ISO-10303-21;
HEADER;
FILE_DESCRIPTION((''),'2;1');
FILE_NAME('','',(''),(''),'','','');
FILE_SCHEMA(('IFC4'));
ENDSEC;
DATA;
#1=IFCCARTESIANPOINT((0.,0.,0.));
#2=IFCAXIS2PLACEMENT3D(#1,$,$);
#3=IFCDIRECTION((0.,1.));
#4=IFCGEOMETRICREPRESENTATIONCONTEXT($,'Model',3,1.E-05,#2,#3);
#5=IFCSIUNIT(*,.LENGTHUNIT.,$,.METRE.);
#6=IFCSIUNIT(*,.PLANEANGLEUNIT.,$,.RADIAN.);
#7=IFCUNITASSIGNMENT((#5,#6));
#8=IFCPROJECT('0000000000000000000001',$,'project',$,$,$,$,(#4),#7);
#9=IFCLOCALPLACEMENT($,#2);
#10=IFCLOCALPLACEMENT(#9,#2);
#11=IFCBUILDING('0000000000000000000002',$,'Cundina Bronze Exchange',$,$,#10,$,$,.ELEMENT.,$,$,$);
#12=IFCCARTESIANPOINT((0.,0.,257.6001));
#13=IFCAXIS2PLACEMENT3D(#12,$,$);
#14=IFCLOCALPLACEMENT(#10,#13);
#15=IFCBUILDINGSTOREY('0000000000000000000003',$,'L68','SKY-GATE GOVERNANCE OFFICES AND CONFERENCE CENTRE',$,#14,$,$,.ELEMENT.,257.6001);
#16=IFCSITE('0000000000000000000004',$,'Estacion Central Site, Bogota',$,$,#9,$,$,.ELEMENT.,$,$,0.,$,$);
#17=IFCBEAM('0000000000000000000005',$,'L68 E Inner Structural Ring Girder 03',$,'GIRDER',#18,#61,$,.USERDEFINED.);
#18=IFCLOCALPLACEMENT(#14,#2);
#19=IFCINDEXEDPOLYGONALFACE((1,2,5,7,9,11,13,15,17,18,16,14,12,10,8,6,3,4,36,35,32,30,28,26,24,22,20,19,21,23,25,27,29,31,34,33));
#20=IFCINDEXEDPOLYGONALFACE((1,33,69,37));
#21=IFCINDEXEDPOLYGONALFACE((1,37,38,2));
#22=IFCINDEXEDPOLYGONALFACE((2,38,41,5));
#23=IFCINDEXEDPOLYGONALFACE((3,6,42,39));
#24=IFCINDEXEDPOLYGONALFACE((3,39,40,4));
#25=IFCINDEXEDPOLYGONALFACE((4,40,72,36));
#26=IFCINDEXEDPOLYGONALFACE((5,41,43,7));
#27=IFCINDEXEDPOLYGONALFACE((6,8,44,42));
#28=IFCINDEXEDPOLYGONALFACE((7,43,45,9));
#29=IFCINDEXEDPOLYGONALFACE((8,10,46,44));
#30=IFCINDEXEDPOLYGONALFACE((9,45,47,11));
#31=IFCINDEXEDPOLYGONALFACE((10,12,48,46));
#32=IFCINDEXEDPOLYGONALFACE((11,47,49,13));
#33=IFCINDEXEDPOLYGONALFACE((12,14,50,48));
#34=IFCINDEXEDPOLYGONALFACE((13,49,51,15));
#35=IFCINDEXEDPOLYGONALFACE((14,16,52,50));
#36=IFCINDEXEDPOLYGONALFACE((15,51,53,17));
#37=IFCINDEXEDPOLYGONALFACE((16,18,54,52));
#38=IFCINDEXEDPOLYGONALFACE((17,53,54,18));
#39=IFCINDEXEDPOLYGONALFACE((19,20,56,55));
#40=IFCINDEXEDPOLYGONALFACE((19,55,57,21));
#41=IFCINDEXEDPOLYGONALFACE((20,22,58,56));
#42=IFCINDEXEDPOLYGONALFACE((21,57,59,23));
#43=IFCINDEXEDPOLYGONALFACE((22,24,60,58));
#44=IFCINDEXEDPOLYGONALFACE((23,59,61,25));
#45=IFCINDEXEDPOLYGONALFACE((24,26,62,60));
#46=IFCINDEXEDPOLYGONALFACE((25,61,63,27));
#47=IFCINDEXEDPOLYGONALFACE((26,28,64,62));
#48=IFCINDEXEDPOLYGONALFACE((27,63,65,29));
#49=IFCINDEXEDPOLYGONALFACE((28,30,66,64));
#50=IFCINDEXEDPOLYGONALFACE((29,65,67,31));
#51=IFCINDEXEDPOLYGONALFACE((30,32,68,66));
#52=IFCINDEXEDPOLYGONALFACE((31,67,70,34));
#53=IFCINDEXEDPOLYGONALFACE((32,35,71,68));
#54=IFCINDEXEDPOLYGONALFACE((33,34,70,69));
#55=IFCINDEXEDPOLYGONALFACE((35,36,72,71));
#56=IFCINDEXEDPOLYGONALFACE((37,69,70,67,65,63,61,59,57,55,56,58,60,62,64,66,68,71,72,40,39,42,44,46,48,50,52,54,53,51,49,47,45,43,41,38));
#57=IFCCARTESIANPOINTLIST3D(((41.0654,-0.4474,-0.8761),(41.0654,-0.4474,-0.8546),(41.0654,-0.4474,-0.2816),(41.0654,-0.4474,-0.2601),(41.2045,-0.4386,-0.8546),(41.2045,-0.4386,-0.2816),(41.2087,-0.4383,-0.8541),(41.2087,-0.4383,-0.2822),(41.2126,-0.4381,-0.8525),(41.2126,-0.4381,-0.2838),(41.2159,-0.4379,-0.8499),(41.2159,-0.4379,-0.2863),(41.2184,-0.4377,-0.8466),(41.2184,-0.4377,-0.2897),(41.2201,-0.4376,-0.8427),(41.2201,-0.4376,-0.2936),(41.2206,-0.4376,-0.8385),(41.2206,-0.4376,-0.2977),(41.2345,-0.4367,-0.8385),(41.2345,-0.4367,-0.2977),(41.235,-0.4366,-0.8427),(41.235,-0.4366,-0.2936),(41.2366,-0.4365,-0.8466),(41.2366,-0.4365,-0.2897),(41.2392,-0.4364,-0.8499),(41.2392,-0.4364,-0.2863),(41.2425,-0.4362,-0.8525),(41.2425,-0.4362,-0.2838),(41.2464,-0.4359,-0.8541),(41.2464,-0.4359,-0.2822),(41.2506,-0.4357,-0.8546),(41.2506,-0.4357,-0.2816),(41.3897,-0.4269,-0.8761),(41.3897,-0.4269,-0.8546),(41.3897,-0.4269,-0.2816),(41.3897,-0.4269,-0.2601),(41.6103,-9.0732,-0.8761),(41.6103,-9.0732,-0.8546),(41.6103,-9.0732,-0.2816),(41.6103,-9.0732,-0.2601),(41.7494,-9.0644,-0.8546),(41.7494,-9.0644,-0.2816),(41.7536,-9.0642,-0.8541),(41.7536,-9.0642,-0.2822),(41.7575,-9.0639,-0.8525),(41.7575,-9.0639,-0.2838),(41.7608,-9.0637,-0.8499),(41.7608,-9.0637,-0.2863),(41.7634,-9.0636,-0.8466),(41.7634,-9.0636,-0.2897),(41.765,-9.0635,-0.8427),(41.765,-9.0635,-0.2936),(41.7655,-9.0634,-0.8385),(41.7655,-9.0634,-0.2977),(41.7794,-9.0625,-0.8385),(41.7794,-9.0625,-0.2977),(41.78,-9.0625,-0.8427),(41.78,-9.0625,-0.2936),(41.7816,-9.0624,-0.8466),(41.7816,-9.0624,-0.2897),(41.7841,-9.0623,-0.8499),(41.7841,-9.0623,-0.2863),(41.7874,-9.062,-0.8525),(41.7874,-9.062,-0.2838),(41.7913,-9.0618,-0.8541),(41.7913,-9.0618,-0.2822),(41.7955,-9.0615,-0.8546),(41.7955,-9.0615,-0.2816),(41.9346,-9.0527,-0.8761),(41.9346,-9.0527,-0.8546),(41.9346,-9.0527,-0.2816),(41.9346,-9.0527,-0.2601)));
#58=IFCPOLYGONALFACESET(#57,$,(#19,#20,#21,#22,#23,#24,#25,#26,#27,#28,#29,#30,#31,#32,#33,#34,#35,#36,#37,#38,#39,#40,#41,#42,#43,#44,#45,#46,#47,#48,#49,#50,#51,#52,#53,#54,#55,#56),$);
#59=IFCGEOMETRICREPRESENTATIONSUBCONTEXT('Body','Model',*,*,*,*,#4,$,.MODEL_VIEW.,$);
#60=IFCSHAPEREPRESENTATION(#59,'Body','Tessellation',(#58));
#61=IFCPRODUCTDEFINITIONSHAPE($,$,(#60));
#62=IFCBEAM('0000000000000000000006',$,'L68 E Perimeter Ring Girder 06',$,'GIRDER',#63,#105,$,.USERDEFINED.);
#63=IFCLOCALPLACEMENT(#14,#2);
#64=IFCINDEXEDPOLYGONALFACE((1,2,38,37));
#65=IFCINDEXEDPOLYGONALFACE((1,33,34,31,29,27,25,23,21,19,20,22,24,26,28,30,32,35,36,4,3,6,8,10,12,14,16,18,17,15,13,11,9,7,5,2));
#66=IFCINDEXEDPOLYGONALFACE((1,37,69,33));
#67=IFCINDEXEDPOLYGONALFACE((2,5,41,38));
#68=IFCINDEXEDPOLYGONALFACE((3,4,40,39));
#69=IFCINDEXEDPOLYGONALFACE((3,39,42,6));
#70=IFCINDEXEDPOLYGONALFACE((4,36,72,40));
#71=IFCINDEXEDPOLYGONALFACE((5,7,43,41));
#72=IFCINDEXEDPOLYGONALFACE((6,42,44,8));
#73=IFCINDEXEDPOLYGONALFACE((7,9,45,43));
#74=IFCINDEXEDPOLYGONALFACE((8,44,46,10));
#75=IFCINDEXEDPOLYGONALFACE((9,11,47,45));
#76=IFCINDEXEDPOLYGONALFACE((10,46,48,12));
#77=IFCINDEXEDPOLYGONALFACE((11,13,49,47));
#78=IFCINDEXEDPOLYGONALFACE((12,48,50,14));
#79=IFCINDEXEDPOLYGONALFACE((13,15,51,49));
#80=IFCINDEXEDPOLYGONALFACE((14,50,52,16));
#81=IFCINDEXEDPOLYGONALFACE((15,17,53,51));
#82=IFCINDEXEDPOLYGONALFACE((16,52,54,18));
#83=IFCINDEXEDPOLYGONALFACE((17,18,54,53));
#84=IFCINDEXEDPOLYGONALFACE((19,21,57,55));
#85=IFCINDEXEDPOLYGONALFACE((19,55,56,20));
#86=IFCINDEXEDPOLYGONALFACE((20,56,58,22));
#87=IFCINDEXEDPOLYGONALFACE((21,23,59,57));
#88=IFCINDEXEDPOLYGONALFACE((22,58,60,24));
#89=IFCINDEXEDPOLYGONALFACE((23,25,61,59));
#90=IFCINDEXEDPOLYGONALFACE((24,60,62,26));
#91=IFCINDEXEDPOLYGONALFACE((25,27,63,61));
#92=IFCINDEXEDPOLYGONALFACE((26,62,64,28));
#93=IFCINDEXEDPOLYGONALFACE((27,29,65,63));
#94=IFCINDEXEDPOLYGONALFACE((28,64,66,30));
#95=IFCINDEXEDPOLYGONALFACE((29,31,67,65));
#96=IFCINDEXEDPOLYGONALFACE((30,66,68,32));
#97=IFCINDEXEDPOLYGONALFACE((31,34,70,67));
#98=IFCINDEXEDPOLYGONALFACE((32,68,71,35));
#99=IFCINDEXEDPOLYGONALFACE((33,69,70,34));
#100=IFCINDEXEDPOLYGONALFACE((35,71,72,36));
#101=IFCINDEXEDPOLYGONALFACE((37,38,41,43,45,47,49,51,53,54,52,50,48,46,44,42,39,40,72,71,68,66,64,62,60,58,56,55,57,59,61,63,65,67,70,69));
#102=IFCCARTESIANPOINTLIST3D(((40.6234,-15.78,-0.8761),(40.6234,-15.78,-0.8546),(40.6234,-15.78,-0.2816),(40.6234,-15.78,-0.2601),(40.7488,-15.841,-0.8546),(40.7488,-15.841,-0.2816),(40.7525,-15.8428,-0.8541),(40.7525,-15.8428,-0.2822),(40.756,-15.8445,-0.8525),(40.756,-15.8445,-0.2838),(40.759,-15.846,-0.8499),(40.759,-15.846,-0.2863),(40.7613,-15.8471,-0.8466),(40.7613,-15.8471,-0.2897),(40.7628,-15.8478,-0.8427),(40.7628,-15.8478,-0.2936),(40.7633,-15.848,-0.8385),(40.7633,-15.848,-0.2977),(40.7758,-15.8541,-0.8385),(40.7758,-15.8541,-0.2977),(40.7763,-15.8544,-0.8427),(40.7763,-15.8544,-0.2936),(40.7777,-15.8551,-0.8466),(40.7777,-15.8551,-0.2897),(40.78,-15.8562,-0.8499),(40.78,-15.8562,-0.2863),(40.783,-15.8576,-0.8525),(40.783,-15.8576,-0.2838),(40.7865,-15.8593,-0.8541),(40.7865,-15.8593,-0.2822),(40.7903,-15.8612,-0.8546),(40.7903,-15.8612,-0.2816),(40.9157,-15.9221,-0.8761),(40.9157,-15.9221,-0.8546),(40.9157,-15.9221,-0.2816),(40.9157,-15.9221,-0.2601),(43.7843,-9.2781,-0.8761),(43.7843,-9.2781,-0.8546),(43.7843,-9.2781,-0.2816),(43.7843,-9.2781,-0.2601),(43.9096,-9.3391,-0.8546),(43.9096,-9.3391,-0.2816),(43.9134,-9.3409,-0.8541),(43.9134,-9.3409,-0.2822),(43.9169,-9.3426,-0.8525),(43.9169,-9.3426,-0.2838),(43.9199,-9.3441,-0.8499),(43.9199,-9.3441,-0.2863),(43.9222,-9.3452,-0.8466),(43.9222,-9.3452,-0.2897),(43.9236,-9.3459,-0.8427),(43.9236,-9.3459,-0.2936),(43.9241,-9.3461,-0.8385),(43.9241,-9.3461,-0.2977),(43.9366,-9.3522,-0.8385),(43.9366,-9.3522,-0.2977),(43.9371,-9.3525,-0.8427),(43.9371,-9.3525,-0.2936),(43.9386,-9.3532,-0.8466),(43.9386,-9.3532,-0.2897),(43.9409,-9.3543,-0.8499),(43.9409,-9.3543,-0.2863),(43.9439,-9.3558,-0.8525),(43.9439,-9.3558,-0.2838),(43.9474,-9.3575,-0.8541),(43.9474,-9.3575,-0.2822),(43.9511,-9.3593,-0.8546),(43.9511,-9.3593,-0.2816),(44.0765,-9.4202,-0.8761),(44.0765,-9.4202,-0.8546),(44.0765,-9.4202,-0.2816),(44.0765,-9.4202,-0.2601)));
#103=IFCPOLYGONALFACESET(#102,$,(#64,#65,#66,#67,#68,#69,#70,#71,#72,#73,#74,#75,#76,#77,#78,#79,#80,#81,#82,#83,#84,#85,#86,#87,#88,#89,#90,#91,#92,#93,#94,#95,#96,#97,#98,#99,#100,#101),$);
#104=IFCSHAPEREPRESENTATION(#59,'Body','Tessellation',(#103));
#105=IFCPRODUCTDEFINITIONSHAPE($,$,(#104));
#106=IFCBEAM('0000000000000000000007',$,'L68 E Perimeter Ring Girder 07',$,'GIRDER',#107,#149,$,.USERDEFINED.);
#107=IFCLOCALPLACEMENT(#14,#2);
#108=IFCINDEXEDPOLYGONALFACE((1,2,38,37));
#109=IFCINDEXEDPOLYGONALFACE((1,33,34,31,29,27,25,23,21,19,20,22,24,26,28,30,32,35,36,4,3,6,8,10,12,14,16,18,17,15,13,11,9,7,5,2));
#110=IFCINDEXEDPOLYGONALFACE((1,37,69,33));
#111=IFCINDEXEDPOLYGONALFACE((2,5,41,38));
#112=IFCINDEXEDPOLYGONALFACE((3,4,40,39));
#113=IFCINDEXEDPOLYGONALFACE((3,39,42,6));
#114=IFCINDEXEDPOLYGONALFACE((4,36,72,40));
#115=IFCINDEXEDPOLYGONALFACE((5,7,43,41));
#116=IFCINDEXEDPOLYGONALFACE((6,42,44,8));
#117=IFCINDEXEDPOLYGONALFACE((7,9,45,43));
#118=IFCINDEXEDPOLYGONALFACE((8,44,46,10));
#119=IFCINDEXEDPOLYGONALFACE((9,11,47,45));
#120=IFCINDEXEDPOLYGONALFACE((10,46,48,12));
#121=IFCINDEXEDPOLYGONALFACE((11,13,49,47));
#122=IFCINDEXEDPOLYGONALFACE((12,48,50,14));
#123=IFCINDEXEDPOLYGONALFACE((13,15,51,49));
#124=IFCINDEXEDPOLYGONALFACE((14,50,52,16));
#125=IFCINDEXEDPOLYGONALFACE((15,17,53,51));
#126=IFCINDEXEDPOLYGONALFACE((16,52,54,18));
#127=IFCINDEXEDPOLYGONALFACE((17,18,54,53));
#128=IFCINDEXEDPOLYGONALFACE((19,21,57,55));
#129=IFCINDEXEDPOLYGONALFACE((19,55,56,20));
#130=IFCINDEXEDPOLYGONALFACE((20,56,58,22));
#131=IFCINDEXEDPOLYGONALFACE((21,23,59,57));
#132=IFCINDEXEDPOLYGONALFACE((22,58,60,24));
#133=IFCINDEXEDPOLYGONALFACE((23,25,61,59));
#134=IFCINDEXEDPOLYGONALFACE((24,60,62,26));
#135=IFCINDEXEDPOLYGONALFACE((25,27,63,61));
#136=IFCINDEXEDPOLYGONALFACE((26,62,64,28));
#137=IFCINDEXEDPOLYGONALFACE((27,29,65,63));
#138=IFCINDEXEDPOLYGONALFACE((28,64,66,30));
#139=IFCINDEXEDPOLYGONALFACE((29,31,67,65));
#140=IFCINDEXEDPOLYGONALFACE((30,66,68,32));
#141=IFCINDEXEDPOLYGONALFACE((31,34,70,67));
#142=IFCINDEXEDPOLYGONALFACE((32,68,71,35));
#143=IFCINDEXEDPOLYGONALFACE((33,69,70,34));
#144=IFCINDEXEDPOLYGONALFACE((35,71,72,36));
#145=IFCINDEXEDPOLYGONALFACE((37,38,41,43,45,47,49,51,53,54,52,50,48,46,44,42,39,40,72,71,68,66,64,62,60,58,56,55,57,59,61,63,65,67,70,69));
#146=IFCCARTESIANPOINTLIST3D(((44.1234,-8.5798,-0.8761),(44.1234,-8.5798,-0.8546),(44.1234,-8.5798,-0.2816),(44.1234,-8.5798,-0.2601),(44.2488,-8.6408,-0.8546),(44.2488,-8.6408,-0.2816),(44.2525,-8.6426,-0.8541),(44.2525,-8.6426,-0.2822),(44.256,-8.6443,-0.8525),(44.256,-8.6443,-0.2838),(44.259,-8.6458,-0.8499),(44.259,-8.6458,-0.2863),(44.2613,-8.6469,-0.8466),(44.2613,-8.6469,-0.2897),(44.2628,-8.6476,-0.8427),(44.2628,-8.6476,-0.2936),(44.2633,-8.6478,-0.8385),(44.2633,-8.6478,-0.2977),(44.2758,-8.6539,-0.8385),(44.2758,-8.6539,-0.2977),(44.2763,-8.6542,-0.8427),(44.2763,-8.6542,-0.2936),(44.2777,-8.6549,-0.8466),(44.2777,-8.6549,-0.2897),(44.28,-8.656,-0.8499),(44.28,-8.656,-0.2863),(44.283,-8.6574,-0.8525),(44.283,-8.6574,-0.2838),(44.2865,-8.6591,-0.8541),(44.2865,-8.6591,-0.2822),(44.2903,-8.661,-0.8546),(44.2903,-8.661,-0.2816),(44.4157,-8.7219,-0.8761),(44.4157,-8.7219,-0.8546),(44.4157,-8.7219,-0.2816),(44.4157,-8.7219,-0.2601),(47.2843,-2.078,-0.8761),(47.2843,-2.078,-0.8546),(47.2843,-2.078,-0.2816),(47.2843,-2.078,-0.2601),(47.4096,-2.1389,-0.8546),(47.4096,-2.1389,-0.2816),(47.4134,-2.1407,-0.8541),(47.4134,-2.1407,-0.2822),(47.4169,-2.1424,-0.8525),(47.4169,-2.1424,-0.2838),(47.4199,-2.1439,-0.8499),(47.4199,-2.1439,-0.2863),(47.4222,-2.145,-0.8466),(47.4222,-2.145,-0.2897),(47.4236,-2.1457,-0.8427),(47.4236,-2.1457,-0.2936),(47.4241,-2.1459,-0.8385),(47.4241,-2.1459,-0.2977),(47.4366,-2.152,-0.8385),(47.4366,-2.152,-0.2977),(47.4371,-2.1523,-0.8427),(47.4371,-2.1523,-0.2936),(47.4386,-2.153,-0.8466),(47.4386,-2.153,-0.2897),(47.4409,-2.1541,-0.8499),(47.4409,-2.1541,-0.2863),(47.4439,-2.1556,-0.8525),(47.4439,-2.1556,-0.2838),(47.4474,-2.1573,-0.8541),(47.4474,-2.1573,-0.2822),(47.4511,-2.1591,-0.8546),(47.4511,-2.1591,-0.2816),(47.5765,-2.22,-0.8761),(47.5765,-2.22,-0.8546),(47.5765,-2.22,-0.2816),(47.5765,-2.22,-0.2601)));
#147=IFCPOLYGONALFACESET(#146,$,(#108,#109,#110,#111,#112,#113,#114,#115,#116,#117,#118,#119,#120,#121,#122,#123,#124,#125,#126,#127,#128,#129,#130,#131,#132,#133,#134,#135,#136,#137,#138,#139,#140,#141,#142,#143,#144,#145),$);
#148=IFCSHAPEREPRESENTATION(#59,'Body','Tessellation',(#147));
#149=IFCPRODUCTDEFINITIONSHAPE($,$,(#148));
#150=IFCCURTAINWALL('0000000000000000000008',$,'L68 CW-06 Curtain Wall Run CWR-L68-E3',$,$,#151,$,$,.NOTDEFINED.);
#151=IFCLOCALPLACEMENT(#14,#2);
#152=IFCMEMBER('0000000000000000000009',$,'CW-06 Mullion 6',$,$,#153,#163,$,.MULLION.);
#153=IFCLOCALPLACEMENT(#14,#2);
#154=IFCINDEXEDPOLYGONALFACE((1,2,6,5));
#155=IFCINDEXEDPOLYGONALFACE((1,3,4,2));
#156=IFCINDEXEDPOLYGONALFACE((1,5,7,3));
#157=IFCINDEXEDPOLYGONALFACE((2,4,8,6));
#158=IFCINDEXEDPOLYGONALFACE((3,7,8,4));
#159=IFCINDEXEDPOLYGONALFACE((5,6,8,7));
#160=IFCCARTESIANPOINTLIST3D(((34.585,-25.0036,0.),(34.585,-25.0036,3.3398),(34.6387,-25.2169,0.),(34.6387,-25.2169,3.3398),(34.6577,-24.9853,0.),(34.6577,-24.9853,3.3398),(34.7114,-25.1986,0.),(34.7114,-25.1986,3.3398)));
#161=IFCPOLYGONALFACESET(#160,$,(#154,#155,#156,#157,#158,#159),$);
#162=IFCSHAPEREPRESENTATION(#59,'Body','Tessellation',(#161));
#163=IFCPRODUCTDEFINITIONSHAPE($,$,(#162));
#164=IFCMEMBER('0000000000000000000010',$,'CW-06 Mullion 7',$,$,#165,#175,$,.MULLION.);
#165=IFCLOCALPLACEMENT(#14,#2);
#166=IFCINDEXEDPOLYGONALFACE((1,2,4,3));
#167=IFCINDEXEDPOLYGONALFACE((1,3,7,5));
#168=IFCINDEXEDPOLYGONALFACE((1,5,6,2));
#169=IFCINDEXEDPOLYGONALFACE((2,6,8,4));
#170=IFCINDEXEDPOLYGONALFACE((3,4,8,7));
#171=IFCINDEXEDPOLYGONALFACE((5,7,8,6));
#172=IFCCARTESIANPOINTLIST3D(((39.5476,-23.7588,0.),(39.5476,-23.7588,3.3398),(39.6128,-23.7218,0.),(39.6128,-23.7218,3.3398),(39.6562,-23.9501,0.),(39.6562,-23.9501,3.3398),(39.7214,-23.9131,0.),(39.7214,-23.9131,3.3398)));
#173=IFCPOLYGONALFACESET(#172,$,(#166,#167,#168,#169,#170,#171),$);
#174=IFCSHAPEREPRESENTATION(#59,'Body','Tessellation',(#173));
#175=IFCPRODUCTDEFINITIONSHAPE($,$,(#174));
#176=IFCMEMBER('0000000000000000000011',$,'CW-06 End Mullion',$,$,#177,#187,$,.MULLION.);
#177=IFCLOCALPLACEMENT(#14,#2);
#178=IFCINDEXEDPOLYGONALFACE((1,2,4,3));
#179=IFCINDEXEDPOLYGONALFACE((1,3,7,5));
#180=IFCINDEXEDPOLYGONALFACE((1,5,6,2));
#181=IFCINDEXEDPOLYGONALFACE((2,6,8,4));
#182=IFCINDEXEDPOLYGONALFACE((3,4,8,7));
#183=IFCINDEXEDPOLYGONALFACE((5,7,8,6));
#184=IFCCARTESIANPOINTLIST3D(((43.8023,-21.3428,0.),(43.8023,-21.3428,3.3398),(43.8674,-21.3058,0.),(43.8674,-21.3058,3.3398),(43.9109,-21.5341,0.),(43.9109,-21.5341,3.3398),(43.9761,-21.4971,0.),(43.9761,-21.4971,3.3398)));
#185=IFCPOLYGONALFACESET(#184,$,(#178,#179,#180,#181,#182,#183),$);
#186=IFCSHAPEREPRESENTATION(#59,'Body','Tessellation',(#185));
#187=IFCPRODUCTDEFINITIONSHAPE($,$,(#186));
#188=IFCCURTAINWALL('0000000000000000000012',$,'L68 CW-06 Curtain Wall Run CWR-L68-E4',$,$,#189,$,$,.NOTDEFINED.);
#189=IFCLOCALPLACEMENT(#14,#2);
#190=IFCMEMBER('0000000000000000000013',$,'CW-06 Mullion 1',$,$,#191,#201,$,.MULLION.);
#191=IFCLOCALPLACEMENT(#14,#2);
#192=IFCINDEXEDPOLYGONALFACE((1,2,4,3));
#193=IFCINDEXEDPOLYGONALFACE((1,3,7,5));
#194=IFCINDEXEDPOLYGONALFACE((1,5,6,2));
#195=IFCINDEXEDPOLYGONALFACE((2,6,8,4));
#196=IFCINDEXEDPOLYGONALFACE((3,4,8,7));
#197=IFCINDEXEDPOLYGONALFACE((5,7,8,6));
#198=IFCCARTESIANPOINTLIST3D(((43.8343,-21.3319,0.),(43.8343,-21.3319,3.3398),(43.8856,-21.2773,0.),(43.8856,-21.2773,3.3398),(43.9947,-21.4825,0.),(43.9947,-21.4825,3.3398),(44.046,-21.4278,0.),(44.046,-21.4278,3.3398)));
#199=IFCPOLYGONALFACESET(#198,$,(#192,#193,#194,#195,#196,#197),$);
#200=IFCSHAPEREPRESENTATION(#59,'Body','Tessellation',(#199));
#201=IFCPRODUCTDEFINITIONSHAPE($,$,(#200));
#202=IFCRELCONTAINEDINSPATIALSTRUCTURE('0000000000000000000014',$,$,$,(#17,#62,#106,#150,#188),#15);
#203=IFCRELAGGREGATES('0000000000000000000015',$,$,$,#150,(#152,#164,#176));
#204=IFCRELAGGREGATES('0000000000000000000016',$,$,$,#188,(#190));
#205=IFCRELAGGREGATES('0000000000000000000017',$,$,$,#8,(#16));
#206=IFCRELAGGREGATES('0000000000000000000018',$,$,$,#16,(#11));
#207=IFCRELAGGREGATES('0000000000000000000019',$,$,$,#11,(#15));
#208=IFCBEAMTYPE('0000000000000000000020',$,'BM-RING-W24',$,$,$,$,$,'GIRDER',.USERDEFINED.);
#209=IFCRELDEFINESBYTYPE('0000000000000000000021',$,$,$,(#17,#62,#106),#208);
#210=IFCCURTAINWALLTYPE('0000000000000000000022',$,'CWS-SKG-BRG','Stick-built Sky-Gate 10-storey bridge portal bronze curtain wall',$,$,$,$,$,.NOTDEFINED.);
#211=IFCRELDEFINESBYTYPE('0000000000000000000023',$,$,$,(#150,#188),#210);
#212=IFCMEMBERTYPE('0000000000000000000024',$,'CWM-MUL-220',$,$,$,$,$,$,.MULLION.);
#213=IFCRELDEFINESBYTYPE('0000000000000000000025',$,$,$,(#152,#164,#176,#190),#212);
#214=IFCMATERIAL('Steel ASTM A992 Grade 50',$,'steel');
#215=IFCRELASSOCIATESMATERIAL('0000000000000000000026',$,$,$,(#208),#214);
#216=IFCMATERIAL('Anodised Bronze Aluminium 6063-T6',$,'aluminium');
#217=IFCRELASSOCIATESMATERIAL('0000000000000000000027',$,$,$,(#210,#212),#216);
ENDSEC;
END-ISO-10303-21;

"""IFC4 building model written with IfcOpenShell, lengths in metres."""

from ifc_helpers import new_model, si_unit, direction, frame, origin, origin_2d, place, context, subcontext, project, spatial, rectangle, i_section, extrude, material, material_profile, profile_set, type_object, element, aggregate, save


model = new_model("IFC4")

# Units and contexts
model_context = context("Model", 3, precision=1e-05, world=origin(), true_north=direction((0.0, 1.0)))
body_context = subcontext(model_context, "Body", "Model", "MODEL_VIEW")
ifc_project = project(units=[si_unit("LENGTHUNIT", "METRE"), si_unit("PLANEANGLEUNIT", "RADIAN")], contexts=[model_context])

# Site, building, storey
site_placement = place(None, origin())
site = spatial("IfcSite", under=ifc_project, at=site_placement, Name="Estacion Central Site, Bogota", CompositionType="ELEMENT", RefElevation=0.0)
building_placement = place(site_placement, origin())
building = spatial("IfcBuilding", under=site, at=building_placement, Name="Cundina Bronze Exchange", CompositionType="ELEMENT")
storey_placement = place(building_placement, frame((0.0, 0.0, 257.6001)))
storey = spatial("IfcBuildingStorey", under=building, at=storey_placement, Name="L68", Description="SKY-GATE GOVERNANCE OFFICES AND CONFERENCE CENTRE", CompositionType="ELEMENT", Elevation=257.6001)

# Beams
ifc_material_1 = material(Name="Steel ASTM A992 Grade 50", Category="steel")
ifc_material_profile_1 = material_profile(ifc_material_1, i_section(OverallWidth=0.325, OverallDepth=0.616, WebThickness=0.0139, FlangeThickness=0.0215, FilletRadius=0.0161, at=origin_2d()), Name="W24X117", Category="steel")
ifc_profile_set_1 = profile_set([ifc_material_profile_1], Name="Steel ASTM A992 Grade 50")
beam_type_1 = type_object("IfcBeamType", Name="BM-RING-W24", ElementType="GIRDER", PredefinedType="USERDEFINED", material=ifc_profile_set_1)
beam_1_placement = place(storey_placement, frame((41.7725, -9.063, -0.5681), z_axis=(-0.063047, 0.998011, 0.0), x_axis=(-0.998011, -0.063047, 0.0)))
element("IfcBeam", 1, at=beam_1_placement, inside=storey, type_object=beam_type_1, Name="L68 E Inner Structural Ring Girder 03", ObjectType="GIRDER", PredefinedType="USERDEFINED", context=body_context, shape_type="SweptSolid", body=[
    extrude(i_section(OverallWidth=0.325, OverallDepth=0.616, WebThickness=0.0139, FlangeThickness=0.0215, FilletRadius=0.0161, at=origin_2d()), origin(), (0.0, 0.0, 1.0), 8.6431),
])
for number, where, z_axis, x_axis, name in (
    (2, (40.7695, -15.8511, -0.5681), (0.437217, 0.899356, 0.0), (-0.899356, 0.437217, 0.0), "L68 E Perimeter Ring Girder 06"),
    (3, (44.2695, -8.6509, -0.5681), (0.437217, 0.899356, 0.0), (-0.899356, 0.437217, 0.0), "L68 E Perimeter Ring Girder 07"),
):
    element("IfcBeam", number, at=place(storey_placement, frame(where, z_axis=z_axis, x_axis=x_axis)), inside=storey, type_object=beam_type_1, Name=name, ObjectType="GIRDER", PredefinedType="USERDEFINED", context=body_context, shape_type="SweptSolid", body=[
        extrude(i_section(OverallWidth=0.325, OverallDepth=0.616, WebThickness=0.0139, FlangeThickness=0.0215, FilletRadius=0.0161, at=origin_2d()), origin(), (0.0, 0.0, 1.0), 7.2295),
    ])

# Curtain walls, members
ifc_material_2 = material(Name="Anodised Bronze Aluminium 6063-T6", Category="aluminium")
curtain_wall_type = type_object("IfcCurtainWallType", Name="CWS-SKG-BRG", Description="Stick-built Sky-Gate 10-storey bridge portal bronze curtain wall", PredefinedType="NOTDEFINED", material=ifc_material_2)
curtain_wall_1_placement = place(storey_placement, origin())
curtain_wall_1 = element("IfcCurtainWall", 4, at=curtain_wall_1_placement, inside=storey, type_object=curtain_wall_type, Name="L68 CW-06 Curtain Wall Run CWR-L68-E3", PredefinedType="NOTDEFINED")
ifc_material_profile_2 = material_profile(ifc_material_2, rectangle(XDim=0.075, YDim=0.22, at=origin_2d()), Name="AL75X220", Category="aluminium")
ifc_profile_set_2 = profile_set([ifc_material_profile_2], Name="Anodised Bronze Aluminium 6063-T6")
member_type_1 = type_object("IfcMemberType", Name="CWM-MUL-220", PredefinedType="MULLION", material=ifc_profile_set_2)
member_1_placement = place(storey_placement, frame((34.6482, -25.1011, 0.0), z_axis=(0.0, 0.0, 1.0), x_axis=(0.969744, 0.244123, 0.0)))
member_1 = element("IfcMember", 5, at=member_1_placement, type_object=member_type_1, Name="CW-06 Mullion 6", PredefinedType="MULLION", context=body_context, shape_type="SweptSolid", body=[
    extrude(rectangle(XDim=0.075, YDim=0.22, at=origin_2d()), origin(), (0.0, 0.0, 1.0), 3.3398),
])
member_2_placement = place(storey_placement, frame((39.6345, -23.8359, 0.0), z_axis=(0.0, 0.0, 1.0), x_axis=(0.869581, 0.49379, 0.0)))
member_2 = element("IfcMember", 6, at=member_2_placement, type_object=member_type_1, Name="CW-06 Mullion 7", PredefinedType="MULLION", context=body_context, shape_type="SweptSolid", body=[
    extrude(rectangle(XDim=0.075, YDim=0.22, at=origin_2d()), origin(), (0.0, 0.0, 1.0), 3.3398),
])
member_3_placement = place(storey_placement, frame((43.8892, -21.4199, 0.0), z_axis=(0.0, 0.0, 1.0), x_axis=(0.869581, 0.49379, 0.0)))
member_3 = element("IfcMember", 7, at=member_3_placement, type_object=member_type_1, Name="CW-06 End Mullion", PredefinedType="MULLION", context=body_context, shape_type="SweptSolid", body=[
    extrude(rectangle(XDim=0.075, YDim=0.22, at=origin_2d()), origin(), (0.0, 0.0, 1.0), 3.3398),
])
curtain_wall_2_placement = place(storey_placement, origin())
curtain_wall_2 = element("IfcCurtainWall", 8, at=curtain_wall_2_placement, inside=storey, type_object=curtain_wall_type, Name="L68 CW-06 Curtain Wall Run CWR-L68-E4", PredefinedType="NOTDEFINED")
member_4_placement = place(storey_placement, frame((43.9402, -21.3799, 0.0), z_axis=(0.0, 0.0, 1.0), x_axis=(0.684293, 0.729208, 0.0)))
member_4 = element("IfcMember", 9, at=member_4_placement, type_object=member_type_1, Name="CW-06 Mullion 1", PredefinedType="MULLION", context=body_context, shape_type="SweptSolid", body=[
    extrude(rectangle(XDim=0.075, YDim=0.22, at=origin_2d()), origin(), (0.0, 0.0, 1.0), 3.3398),
])

aggregate(curtain_wall_1, [member_1, member_2, member_3])
aggregate(curtain_wall_2, [member_4])

save(model, "model.ifc")
